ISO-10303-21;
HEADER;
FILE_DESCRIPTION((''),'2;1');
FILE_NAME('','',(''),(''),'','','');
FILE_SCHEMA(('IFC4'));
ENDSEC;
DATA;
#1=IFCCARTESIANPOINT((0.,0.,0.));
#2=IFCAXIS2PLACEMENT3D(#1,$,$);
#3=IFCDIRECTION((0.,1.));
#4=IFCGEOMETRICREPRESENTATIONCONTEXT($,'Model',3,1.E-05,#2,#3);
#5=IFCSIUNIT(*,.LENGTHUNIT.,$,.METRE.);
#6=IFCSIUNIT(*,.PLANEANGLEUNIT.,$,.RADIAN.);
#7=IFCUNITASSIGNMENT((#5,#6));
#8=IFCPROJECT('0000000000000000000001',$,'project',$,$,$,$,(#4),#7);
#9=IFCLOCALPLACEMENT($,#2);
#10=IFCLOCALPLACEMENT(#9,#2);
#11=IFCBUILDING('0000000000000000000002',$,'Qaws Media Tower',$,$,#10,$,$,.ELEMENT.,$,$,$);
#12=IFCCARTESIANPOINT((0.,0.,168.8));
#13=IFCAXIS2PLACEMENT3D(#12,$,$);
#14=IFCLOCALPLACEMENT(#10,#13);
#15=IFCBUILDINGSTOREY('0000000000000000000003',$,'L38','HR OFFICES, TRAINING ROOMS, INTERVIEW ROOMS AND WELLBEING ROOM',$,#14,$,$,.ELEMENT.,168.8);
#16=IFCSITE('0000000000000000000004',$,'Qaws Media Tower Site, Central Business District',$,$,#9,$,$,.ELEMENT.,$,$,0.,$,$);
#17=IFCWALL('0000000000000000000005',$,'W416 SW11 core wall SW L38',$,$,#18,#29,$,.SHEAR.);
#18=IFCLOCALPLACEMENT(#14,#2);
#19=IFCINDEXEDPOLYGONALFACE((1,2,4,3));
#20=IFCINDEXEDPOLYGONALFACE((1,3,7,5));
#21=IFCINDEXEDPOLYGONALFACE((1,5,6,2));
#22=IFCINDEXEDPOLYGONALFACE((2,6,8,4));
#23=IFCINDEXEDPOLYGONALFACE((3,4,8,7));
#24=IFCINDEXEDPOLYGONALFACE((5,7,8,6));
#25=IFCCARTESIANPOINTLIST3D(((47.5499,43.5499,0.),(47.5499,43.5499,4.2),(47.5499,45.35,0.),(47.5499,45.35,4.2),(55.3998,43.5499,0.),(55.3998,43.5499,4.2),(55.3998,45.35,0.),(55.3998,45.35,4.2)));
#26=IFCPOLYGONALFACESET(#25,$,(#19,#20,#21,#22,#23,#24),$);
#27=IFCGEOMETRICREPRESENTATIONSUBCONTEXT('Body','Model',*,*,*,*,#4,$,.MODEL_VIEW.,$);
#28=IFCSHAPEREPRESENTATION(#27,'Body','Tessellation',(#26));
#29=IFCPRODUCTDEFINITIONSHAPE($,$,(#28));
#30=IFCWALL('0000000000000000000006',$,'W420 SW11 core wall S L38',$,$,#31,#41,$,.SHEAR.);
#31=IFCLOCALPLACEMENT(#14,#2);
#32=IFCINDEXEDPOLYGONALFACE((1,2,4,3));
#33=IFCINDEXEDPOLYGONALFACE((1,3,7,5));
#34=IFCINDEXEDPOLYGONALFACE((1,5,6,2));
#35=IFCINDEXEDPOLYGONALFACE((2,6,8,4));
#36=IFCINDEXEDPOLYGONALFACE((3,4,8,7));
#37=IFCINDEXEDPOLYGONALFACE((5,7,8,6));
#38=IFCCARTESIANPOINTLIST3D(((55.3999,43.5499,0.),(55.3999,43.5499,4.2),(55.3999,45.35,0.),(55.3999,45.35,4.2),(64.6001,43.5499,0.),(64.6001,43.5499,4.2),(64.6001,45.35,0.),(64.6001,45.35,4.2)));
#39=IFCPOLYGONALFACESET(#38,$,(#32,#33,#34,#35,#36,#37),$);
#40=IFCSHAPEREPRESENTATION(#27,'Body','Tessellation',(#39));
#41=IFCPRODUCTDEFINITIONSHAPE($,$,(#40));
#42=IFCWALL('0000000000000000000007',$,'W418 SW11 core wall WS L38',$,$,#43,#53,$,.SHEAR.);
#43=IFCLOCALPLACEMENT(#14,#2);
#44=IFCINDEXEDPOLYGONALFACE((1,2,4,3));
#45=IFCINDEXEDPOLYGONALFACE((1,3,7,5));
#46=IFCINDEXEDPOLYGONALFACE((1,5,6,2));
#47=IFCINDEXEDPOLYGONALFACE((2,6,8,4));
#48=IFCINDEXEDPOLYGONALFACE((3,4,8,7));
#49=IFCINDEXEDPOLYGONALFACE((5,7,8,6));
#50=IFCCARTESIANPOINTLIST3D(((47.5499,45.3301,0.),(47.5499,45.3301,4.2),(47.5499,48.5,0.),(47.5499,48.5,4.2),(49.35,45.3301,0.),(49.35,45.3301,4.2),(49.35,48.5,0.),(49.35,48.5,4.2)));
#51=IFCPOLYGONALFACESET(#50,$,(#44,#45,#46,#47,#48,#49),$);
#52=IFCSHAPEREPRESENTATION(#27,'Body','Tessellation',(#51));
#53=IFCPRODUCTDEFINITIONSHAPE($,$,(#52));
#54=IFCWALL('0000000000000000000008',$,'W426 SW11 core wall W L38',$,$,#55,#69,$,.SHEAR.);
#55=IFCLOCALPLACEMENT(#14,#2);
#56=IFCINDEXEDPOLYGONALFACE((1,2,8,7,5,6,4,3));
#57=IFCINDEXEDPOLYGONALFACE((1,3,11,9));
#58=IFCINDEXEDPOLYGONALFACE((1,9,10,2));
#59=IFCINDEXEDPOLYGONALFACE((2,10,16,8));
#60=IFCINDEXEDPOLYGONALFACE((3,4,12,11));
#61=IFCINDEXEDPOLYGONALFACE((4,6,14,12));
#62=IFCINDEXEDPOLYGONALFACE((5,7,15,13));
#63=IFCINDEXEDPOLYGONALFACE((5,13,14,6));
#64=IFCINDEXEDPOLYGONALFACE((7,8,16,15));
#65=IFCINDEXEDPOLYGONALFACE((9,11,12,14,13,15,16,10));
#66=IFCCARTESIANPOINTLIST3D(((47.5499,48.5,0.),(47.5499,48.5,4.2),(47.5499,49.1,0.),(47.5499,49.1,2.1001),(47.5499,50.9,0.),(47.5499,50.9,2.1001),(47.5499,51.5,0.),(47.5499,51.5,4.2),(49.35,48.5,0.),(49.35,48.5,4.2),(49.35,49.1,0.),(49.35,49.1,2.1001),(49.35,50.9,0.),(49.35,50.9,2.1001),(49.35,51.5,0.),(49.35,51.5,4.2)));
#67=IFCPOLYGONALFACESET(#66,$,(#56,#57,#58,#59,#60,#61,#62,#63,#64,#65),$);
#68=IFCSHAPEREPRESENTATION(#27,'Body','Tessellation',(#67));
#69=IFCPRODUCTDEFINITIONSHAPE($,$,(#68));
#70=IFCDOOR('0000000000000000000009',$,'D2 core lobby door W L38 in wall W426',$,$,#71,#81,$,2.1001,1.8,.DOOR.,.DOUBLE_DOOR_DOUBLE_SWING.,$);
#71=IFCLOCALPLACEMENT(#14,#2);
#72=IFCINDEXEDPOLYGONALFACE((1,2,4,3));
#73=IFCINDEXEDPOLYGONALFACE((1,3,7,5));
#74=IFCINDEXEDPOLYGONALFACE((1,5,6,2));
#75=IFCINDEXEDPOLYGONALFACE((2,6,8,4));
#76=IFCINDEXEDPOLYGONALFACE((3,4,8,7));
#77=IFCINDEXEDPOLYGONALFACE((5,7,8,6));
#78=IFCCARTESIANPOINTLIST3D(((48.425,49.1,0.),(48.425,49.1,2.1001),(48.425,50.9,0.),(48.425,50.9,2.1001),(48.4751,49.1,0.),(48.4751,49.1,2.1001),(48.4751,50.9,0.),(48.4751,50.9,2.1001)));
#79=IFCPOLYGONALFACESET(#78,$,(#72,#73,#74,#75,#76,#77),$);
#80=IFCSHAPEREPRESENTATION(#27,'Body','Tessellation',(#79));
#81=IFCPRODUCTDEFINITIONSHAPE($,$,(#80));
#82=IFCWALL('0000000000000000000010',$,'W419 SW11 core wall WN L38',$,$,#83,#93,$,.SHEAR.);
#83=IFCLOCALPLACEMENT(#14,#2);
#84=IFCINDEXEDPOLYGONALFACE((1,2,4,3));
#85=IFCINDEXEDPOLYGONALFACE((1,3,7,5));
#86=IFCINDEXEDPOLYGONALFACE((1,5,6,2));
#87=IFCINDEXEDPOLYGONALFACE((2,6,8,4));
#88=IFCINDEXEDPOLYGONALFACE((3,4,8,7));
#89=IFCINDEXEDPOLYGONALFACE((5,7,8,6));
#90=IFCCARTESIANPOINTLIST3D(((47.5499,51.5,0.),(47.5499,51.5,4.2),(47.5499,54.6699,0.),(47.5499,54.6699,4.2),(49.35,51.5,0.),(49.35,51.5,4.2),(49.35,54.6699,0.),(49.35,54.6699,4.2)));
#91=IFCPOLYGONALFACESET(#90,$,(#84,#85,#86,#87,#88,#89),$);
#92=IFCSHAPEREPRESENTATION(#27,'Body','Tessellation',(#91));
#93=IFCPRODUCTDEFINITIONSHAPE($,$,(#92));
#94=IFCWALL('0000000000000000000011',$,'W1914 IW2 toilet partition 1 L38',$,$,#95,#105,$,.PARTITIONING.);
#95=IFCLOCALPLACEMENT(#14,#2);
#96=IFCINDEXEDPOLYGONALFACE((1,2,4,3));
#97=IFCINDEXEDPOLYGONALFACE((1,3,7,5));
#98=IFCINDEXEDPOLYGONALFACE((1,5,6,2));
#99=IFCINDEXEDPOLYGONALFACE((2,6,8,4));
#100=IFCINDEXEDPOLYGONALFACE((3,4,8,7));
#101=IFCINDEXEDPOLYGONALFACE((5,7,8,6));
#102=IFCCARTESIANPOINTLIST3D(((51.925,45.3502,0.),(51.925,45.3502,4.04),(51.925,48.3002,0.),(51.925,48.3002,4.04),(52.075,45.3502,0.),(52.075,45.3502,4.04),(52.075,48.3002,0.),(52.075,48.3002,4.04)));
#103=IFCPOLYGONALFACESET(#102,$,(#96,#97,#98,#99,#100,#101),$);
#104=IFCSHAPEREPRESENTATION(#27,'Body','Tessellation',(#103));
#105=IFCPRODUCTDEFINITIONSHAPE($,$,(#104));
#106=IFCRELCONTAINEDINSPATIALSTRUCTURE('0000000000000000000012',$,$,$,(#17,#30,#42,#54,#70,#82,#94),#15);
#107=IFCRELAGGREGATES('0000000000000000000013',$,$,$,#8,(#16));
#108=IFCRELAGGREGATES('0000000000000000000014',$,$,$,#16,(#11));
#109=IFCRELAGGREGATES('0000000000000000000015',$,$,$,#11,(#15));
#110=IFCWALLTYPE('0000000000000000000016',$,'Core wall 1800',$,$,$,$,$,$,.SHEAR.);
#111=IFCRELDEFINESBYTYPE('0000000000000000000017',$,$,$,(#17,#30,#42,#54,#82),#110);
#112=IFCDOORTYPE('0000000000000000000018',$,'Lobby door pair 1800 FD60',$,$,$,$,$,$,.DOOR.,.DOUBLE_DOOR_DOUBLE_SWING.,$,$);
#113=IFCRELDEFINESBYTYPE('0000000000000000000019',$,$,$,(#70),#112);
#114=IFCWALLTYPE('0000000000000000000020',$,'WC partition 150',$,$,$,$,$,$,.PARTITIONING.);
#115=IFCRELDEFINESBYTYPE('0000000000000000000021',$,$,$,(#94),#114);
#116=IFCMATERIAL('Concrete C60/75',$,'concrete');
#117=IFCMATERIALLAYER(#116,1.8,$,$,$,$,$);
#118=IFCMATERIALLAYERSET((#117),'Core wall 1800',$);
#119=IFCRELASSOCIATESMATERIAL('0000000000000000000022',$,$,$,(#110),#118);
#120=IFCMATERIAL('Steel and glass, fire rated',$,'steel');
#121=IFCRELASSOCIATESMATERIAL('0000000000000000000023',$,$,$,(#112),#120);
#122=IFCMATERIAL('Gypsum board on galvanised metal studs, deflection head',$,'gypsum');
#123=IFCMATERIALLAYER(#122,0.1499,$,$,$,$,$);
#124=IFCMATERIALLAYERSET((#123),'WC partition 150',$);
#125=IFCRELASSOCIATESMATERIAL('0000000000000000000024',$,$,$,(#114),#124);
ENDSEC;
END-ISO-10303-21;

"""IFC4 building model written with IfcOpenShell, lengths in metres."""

from ifc_helpers import new_model, si_unit, direction, frame, frame_2d, origin, place, context, subcontext, project, spatial, rectangle, extrude, material, layer, layer_set, type_object, element, fill, save


model = new_model("IFC4")

# Units and contexts
model_context = context("Model", 3, precision=1e-05, world=origin(), true_north=direction((0.0, 1.0)))
body_context = subcontext(model_context, "Body", "Model", "MODEL_VIEW")
ifc_project = project(units=[si_unit("LENGTHUNIT", "METRE"), si_unit("PLANEANGLEUNIT", "RADIAN")], contexts=[model_context])

# Site, building, storey
site_placement = place(None, origin())
site = spatial("IfcSite", under=ifc_project, at=site_placement, Name="Qaws Media Tower Site, Central Business District", CompositionType="ELEMENT", RefElevation=0.0)
building_placement = place(site_placement, origin())
building = spatial("IfcBuilding", under=site, at=building_placement, Name="Qaws Media Tower", CompositionType="ELEMENT")
storey_placement = place(building_placement, frame((0.0, 0.0, 168.8)))
storey = spatial("IfcBuildingStorey", under=building, at=storey_placement, Name="L38", Description="HR OFFICES, TRAINING ROOMS, INTERVIEW ROOMS AND WELLBEING ROOM", CompositionType="ELEMENT", Elevation=168.8)

# Walls
ifc_material_1 = material(Name="Concrete C60/75", Category="concrete")
ifc_layer_1 = layer(ifc_material_1, 1.8)
ifc_layer_set_1 = layer_set([ifc_layer_1], Name="Core wall 1800")
wall_type_1 = type_object("IfcWallType", Name="Core wall 1800", PredefinedType="SHEAR", material=ifc_layer_set_1)
wall_1_placement = place(storey_placement, frame((47.55, 44.45, 0.0), z_axis=(0.0, 0.0, 1.0), x_axis=(1.0, 0.0, 0.0)))
element("IfcWall", 1, at=wall_1_placement, inside=storey, type_object=wall_type_1, Name="W416 SW11 core wall SW L38", PredefinedType="SHEAR", context=body_context, shape_type="SweptSolid", body=[
    extrude(rectangle(XDim=7.8499, YDim=1.8, at=frame_2d((3.9248, 0.0))), origin(), (0.0, 0.0, 1.0), 4.2),
])
wall_2_placement = place(storey_placement, frame((55.3999, 44.45, 0.0), z_axis=(0.0, 0.0, 1.0), x_axis=(1.0, 0.0, 0.0)))
element("IfcWall", 2, at=wall_2_placement, inside=storey, type_object=wall_type_1, Name="W420 SW11 core wall S L38", PredefinedType="SHEAR", context=body_context, shape_type="SweptSolid", body=[
    extrude(rectangle(XDim=9.2002, YDim=1.8, at=frame_2d((4.6001, 0.0))), origin(), (0.0, 0.0, 1.0), 4.2),
])
wall_3_placement = place(storey_placement, frame((48.45, 45.3301, 0.0), z_axis=(0.0, 0.0, 1.0), x_axis=(0.0, 1.0, 0.0)))
element("IfcWall", 3, at=wall_3_placement, inside=storey, type_object=wall_type_1, Name="W418 SW11 core wall WS L38", PredefinedType="SHEAR", context=body_context, shape_type="SweptSolid", body=[
    extrude(rectangle(XDim=3.1699, YDim=1.8, at=frame_2d((1.585, 0.0))), origin(), (0.0, 0.0, 1.0), 4.2),
])

# Wall, opening, door
wall_4_placement = place(storey_placement, frame((48.45, 48.5, 0.0), z_axis=(0.0, 0.0, 1.0), x_axis=(0.0, 1.0, 0.0)))
wall_4 = element("IfcWall", 4, at=wall_4_placement, inside=storey, type_object=wall_type_1, Name="W426 SW11 core wall W L38", PredefinedType="SHEAR", context=body_context, shape_type="SweptSolid", body=[
    extrude(rectangle(XDim=3.0, YDim=1.8, at=frame_2d((1.5, 0.0))), origin(), (0.0, 0.0, 1.0), 4.2),
])
opening_1_placement = place(wall_4_placement, frame((0.6001, 0.0, 0.0)))
opening_1 = element("IfcOpeningElement", 5, at=opening_1_placement, cuts=wall_4, PredefinedType="OPENING", context=body_context, shape_type="SweptSolid", body=[
    extrude(rectangle(XDim=1.8, YDim=2.1001, at=frame_2d((0.8999, 1.05))), frame((0.0, 0.9099, 0.0), z_axis=(0.0, -1.0, 0.0), x_axis=(1.0, 0.0, 0.0)), (0.0, 0.0, 1.0), 1.8201),
])
ifc_material_2 = material(Name="Steel and glass, fire rated", Category="steel")
door_type_1 = type_object("IfcDoorType", Name="Lobby door pair 1800 FD60", OperationType="DOUBLE_DOOR_DOUBLE_SWING", PredefinedType="DOOR", material=ifc_material_2)
door_1_placement = place(opening_1_placement, origin())
door_1 = element("IfcDoor", 6, at=door_1_placement, inside=storey, type_object=door_type_1, Name="D2 core lobby door W L38 in wall W426", OperationType="DOUBLE_DOOR_DOUBLE_SWING", OverallHeight=2.1001, OverallWidth=1.8, PredefinedType="DOOR", context=body_context, shape_type="SweptSolid", body=[
    extrude(rectangle(XDim=1.8, YDim=2.1001, at=frame_2d((0.8999, 1.05))), frame((0.0, 0.0249, 0.0), z_axis=(0.0, -1.0, 0.0), x_axis=(1.0, 0.0, 0.0)), (0.0, 0.0, 1.0), 0.05),
])
fill(opening_1, door_1)

# Walls
wall_5_placement = place(storey_placement, frame((48.45, 51.5, 0.0), z_axis=(0.0, 0.0, 1.0), x_axis=(0.0, 1.0, 0.0)))
element("IfcWall", 7, at=wall_5_placement, inside=storey, type_object=wall_type_1, Name="W419 SW11 core wall WN L38", PredefinedType="SHEAR", context=body_context, shape_type="SweptSolid", body=[
    extrude(rectangle(XDim=3.1699, YDim=1.8, at=frame_2d((1.585, 0.0))), origin(), (0.0, 0.0, 1.0), 4.2),
])
ifc_material_3 = material(Name="Gypsum board on galvanised metal studs, deflection head", Category="gypsum")
ifc_layer_2 = layer(ifc_material_3, 0.1499)
ifc_layer_set_2 = layer_set([ifc_layer_2], Name="WC partition 150")
wall_type_2 = type_object("IfcWallType", Name="WC partition 150", PredefinedType="PARTITIONING", material=ifc_layer_set_2)
wall_6_placement = place(storey_placement, frame((52.0, 45.3501, 0.0), z_axis=(0.0, 0.0, 1.0), x_axis=(0.0, 1.0, 0.0)))
element("IfcWall", 8, at=wall_6_placement, inside=storey, type_object=wall_type_2, Name="W1914 IW2 toilet partition 1 L38", PredefinedType="PARTITIONING", context=body_context, shape_type="SweptSolid", body=[
    extrude(rectangle(XDim=2.95, YDim=0.1499, at=frame_2d((1.4751, 0.0))), origin(), (0.0, 0.0, 1.0), 4.04),
])

save(model, "model.ifc")
